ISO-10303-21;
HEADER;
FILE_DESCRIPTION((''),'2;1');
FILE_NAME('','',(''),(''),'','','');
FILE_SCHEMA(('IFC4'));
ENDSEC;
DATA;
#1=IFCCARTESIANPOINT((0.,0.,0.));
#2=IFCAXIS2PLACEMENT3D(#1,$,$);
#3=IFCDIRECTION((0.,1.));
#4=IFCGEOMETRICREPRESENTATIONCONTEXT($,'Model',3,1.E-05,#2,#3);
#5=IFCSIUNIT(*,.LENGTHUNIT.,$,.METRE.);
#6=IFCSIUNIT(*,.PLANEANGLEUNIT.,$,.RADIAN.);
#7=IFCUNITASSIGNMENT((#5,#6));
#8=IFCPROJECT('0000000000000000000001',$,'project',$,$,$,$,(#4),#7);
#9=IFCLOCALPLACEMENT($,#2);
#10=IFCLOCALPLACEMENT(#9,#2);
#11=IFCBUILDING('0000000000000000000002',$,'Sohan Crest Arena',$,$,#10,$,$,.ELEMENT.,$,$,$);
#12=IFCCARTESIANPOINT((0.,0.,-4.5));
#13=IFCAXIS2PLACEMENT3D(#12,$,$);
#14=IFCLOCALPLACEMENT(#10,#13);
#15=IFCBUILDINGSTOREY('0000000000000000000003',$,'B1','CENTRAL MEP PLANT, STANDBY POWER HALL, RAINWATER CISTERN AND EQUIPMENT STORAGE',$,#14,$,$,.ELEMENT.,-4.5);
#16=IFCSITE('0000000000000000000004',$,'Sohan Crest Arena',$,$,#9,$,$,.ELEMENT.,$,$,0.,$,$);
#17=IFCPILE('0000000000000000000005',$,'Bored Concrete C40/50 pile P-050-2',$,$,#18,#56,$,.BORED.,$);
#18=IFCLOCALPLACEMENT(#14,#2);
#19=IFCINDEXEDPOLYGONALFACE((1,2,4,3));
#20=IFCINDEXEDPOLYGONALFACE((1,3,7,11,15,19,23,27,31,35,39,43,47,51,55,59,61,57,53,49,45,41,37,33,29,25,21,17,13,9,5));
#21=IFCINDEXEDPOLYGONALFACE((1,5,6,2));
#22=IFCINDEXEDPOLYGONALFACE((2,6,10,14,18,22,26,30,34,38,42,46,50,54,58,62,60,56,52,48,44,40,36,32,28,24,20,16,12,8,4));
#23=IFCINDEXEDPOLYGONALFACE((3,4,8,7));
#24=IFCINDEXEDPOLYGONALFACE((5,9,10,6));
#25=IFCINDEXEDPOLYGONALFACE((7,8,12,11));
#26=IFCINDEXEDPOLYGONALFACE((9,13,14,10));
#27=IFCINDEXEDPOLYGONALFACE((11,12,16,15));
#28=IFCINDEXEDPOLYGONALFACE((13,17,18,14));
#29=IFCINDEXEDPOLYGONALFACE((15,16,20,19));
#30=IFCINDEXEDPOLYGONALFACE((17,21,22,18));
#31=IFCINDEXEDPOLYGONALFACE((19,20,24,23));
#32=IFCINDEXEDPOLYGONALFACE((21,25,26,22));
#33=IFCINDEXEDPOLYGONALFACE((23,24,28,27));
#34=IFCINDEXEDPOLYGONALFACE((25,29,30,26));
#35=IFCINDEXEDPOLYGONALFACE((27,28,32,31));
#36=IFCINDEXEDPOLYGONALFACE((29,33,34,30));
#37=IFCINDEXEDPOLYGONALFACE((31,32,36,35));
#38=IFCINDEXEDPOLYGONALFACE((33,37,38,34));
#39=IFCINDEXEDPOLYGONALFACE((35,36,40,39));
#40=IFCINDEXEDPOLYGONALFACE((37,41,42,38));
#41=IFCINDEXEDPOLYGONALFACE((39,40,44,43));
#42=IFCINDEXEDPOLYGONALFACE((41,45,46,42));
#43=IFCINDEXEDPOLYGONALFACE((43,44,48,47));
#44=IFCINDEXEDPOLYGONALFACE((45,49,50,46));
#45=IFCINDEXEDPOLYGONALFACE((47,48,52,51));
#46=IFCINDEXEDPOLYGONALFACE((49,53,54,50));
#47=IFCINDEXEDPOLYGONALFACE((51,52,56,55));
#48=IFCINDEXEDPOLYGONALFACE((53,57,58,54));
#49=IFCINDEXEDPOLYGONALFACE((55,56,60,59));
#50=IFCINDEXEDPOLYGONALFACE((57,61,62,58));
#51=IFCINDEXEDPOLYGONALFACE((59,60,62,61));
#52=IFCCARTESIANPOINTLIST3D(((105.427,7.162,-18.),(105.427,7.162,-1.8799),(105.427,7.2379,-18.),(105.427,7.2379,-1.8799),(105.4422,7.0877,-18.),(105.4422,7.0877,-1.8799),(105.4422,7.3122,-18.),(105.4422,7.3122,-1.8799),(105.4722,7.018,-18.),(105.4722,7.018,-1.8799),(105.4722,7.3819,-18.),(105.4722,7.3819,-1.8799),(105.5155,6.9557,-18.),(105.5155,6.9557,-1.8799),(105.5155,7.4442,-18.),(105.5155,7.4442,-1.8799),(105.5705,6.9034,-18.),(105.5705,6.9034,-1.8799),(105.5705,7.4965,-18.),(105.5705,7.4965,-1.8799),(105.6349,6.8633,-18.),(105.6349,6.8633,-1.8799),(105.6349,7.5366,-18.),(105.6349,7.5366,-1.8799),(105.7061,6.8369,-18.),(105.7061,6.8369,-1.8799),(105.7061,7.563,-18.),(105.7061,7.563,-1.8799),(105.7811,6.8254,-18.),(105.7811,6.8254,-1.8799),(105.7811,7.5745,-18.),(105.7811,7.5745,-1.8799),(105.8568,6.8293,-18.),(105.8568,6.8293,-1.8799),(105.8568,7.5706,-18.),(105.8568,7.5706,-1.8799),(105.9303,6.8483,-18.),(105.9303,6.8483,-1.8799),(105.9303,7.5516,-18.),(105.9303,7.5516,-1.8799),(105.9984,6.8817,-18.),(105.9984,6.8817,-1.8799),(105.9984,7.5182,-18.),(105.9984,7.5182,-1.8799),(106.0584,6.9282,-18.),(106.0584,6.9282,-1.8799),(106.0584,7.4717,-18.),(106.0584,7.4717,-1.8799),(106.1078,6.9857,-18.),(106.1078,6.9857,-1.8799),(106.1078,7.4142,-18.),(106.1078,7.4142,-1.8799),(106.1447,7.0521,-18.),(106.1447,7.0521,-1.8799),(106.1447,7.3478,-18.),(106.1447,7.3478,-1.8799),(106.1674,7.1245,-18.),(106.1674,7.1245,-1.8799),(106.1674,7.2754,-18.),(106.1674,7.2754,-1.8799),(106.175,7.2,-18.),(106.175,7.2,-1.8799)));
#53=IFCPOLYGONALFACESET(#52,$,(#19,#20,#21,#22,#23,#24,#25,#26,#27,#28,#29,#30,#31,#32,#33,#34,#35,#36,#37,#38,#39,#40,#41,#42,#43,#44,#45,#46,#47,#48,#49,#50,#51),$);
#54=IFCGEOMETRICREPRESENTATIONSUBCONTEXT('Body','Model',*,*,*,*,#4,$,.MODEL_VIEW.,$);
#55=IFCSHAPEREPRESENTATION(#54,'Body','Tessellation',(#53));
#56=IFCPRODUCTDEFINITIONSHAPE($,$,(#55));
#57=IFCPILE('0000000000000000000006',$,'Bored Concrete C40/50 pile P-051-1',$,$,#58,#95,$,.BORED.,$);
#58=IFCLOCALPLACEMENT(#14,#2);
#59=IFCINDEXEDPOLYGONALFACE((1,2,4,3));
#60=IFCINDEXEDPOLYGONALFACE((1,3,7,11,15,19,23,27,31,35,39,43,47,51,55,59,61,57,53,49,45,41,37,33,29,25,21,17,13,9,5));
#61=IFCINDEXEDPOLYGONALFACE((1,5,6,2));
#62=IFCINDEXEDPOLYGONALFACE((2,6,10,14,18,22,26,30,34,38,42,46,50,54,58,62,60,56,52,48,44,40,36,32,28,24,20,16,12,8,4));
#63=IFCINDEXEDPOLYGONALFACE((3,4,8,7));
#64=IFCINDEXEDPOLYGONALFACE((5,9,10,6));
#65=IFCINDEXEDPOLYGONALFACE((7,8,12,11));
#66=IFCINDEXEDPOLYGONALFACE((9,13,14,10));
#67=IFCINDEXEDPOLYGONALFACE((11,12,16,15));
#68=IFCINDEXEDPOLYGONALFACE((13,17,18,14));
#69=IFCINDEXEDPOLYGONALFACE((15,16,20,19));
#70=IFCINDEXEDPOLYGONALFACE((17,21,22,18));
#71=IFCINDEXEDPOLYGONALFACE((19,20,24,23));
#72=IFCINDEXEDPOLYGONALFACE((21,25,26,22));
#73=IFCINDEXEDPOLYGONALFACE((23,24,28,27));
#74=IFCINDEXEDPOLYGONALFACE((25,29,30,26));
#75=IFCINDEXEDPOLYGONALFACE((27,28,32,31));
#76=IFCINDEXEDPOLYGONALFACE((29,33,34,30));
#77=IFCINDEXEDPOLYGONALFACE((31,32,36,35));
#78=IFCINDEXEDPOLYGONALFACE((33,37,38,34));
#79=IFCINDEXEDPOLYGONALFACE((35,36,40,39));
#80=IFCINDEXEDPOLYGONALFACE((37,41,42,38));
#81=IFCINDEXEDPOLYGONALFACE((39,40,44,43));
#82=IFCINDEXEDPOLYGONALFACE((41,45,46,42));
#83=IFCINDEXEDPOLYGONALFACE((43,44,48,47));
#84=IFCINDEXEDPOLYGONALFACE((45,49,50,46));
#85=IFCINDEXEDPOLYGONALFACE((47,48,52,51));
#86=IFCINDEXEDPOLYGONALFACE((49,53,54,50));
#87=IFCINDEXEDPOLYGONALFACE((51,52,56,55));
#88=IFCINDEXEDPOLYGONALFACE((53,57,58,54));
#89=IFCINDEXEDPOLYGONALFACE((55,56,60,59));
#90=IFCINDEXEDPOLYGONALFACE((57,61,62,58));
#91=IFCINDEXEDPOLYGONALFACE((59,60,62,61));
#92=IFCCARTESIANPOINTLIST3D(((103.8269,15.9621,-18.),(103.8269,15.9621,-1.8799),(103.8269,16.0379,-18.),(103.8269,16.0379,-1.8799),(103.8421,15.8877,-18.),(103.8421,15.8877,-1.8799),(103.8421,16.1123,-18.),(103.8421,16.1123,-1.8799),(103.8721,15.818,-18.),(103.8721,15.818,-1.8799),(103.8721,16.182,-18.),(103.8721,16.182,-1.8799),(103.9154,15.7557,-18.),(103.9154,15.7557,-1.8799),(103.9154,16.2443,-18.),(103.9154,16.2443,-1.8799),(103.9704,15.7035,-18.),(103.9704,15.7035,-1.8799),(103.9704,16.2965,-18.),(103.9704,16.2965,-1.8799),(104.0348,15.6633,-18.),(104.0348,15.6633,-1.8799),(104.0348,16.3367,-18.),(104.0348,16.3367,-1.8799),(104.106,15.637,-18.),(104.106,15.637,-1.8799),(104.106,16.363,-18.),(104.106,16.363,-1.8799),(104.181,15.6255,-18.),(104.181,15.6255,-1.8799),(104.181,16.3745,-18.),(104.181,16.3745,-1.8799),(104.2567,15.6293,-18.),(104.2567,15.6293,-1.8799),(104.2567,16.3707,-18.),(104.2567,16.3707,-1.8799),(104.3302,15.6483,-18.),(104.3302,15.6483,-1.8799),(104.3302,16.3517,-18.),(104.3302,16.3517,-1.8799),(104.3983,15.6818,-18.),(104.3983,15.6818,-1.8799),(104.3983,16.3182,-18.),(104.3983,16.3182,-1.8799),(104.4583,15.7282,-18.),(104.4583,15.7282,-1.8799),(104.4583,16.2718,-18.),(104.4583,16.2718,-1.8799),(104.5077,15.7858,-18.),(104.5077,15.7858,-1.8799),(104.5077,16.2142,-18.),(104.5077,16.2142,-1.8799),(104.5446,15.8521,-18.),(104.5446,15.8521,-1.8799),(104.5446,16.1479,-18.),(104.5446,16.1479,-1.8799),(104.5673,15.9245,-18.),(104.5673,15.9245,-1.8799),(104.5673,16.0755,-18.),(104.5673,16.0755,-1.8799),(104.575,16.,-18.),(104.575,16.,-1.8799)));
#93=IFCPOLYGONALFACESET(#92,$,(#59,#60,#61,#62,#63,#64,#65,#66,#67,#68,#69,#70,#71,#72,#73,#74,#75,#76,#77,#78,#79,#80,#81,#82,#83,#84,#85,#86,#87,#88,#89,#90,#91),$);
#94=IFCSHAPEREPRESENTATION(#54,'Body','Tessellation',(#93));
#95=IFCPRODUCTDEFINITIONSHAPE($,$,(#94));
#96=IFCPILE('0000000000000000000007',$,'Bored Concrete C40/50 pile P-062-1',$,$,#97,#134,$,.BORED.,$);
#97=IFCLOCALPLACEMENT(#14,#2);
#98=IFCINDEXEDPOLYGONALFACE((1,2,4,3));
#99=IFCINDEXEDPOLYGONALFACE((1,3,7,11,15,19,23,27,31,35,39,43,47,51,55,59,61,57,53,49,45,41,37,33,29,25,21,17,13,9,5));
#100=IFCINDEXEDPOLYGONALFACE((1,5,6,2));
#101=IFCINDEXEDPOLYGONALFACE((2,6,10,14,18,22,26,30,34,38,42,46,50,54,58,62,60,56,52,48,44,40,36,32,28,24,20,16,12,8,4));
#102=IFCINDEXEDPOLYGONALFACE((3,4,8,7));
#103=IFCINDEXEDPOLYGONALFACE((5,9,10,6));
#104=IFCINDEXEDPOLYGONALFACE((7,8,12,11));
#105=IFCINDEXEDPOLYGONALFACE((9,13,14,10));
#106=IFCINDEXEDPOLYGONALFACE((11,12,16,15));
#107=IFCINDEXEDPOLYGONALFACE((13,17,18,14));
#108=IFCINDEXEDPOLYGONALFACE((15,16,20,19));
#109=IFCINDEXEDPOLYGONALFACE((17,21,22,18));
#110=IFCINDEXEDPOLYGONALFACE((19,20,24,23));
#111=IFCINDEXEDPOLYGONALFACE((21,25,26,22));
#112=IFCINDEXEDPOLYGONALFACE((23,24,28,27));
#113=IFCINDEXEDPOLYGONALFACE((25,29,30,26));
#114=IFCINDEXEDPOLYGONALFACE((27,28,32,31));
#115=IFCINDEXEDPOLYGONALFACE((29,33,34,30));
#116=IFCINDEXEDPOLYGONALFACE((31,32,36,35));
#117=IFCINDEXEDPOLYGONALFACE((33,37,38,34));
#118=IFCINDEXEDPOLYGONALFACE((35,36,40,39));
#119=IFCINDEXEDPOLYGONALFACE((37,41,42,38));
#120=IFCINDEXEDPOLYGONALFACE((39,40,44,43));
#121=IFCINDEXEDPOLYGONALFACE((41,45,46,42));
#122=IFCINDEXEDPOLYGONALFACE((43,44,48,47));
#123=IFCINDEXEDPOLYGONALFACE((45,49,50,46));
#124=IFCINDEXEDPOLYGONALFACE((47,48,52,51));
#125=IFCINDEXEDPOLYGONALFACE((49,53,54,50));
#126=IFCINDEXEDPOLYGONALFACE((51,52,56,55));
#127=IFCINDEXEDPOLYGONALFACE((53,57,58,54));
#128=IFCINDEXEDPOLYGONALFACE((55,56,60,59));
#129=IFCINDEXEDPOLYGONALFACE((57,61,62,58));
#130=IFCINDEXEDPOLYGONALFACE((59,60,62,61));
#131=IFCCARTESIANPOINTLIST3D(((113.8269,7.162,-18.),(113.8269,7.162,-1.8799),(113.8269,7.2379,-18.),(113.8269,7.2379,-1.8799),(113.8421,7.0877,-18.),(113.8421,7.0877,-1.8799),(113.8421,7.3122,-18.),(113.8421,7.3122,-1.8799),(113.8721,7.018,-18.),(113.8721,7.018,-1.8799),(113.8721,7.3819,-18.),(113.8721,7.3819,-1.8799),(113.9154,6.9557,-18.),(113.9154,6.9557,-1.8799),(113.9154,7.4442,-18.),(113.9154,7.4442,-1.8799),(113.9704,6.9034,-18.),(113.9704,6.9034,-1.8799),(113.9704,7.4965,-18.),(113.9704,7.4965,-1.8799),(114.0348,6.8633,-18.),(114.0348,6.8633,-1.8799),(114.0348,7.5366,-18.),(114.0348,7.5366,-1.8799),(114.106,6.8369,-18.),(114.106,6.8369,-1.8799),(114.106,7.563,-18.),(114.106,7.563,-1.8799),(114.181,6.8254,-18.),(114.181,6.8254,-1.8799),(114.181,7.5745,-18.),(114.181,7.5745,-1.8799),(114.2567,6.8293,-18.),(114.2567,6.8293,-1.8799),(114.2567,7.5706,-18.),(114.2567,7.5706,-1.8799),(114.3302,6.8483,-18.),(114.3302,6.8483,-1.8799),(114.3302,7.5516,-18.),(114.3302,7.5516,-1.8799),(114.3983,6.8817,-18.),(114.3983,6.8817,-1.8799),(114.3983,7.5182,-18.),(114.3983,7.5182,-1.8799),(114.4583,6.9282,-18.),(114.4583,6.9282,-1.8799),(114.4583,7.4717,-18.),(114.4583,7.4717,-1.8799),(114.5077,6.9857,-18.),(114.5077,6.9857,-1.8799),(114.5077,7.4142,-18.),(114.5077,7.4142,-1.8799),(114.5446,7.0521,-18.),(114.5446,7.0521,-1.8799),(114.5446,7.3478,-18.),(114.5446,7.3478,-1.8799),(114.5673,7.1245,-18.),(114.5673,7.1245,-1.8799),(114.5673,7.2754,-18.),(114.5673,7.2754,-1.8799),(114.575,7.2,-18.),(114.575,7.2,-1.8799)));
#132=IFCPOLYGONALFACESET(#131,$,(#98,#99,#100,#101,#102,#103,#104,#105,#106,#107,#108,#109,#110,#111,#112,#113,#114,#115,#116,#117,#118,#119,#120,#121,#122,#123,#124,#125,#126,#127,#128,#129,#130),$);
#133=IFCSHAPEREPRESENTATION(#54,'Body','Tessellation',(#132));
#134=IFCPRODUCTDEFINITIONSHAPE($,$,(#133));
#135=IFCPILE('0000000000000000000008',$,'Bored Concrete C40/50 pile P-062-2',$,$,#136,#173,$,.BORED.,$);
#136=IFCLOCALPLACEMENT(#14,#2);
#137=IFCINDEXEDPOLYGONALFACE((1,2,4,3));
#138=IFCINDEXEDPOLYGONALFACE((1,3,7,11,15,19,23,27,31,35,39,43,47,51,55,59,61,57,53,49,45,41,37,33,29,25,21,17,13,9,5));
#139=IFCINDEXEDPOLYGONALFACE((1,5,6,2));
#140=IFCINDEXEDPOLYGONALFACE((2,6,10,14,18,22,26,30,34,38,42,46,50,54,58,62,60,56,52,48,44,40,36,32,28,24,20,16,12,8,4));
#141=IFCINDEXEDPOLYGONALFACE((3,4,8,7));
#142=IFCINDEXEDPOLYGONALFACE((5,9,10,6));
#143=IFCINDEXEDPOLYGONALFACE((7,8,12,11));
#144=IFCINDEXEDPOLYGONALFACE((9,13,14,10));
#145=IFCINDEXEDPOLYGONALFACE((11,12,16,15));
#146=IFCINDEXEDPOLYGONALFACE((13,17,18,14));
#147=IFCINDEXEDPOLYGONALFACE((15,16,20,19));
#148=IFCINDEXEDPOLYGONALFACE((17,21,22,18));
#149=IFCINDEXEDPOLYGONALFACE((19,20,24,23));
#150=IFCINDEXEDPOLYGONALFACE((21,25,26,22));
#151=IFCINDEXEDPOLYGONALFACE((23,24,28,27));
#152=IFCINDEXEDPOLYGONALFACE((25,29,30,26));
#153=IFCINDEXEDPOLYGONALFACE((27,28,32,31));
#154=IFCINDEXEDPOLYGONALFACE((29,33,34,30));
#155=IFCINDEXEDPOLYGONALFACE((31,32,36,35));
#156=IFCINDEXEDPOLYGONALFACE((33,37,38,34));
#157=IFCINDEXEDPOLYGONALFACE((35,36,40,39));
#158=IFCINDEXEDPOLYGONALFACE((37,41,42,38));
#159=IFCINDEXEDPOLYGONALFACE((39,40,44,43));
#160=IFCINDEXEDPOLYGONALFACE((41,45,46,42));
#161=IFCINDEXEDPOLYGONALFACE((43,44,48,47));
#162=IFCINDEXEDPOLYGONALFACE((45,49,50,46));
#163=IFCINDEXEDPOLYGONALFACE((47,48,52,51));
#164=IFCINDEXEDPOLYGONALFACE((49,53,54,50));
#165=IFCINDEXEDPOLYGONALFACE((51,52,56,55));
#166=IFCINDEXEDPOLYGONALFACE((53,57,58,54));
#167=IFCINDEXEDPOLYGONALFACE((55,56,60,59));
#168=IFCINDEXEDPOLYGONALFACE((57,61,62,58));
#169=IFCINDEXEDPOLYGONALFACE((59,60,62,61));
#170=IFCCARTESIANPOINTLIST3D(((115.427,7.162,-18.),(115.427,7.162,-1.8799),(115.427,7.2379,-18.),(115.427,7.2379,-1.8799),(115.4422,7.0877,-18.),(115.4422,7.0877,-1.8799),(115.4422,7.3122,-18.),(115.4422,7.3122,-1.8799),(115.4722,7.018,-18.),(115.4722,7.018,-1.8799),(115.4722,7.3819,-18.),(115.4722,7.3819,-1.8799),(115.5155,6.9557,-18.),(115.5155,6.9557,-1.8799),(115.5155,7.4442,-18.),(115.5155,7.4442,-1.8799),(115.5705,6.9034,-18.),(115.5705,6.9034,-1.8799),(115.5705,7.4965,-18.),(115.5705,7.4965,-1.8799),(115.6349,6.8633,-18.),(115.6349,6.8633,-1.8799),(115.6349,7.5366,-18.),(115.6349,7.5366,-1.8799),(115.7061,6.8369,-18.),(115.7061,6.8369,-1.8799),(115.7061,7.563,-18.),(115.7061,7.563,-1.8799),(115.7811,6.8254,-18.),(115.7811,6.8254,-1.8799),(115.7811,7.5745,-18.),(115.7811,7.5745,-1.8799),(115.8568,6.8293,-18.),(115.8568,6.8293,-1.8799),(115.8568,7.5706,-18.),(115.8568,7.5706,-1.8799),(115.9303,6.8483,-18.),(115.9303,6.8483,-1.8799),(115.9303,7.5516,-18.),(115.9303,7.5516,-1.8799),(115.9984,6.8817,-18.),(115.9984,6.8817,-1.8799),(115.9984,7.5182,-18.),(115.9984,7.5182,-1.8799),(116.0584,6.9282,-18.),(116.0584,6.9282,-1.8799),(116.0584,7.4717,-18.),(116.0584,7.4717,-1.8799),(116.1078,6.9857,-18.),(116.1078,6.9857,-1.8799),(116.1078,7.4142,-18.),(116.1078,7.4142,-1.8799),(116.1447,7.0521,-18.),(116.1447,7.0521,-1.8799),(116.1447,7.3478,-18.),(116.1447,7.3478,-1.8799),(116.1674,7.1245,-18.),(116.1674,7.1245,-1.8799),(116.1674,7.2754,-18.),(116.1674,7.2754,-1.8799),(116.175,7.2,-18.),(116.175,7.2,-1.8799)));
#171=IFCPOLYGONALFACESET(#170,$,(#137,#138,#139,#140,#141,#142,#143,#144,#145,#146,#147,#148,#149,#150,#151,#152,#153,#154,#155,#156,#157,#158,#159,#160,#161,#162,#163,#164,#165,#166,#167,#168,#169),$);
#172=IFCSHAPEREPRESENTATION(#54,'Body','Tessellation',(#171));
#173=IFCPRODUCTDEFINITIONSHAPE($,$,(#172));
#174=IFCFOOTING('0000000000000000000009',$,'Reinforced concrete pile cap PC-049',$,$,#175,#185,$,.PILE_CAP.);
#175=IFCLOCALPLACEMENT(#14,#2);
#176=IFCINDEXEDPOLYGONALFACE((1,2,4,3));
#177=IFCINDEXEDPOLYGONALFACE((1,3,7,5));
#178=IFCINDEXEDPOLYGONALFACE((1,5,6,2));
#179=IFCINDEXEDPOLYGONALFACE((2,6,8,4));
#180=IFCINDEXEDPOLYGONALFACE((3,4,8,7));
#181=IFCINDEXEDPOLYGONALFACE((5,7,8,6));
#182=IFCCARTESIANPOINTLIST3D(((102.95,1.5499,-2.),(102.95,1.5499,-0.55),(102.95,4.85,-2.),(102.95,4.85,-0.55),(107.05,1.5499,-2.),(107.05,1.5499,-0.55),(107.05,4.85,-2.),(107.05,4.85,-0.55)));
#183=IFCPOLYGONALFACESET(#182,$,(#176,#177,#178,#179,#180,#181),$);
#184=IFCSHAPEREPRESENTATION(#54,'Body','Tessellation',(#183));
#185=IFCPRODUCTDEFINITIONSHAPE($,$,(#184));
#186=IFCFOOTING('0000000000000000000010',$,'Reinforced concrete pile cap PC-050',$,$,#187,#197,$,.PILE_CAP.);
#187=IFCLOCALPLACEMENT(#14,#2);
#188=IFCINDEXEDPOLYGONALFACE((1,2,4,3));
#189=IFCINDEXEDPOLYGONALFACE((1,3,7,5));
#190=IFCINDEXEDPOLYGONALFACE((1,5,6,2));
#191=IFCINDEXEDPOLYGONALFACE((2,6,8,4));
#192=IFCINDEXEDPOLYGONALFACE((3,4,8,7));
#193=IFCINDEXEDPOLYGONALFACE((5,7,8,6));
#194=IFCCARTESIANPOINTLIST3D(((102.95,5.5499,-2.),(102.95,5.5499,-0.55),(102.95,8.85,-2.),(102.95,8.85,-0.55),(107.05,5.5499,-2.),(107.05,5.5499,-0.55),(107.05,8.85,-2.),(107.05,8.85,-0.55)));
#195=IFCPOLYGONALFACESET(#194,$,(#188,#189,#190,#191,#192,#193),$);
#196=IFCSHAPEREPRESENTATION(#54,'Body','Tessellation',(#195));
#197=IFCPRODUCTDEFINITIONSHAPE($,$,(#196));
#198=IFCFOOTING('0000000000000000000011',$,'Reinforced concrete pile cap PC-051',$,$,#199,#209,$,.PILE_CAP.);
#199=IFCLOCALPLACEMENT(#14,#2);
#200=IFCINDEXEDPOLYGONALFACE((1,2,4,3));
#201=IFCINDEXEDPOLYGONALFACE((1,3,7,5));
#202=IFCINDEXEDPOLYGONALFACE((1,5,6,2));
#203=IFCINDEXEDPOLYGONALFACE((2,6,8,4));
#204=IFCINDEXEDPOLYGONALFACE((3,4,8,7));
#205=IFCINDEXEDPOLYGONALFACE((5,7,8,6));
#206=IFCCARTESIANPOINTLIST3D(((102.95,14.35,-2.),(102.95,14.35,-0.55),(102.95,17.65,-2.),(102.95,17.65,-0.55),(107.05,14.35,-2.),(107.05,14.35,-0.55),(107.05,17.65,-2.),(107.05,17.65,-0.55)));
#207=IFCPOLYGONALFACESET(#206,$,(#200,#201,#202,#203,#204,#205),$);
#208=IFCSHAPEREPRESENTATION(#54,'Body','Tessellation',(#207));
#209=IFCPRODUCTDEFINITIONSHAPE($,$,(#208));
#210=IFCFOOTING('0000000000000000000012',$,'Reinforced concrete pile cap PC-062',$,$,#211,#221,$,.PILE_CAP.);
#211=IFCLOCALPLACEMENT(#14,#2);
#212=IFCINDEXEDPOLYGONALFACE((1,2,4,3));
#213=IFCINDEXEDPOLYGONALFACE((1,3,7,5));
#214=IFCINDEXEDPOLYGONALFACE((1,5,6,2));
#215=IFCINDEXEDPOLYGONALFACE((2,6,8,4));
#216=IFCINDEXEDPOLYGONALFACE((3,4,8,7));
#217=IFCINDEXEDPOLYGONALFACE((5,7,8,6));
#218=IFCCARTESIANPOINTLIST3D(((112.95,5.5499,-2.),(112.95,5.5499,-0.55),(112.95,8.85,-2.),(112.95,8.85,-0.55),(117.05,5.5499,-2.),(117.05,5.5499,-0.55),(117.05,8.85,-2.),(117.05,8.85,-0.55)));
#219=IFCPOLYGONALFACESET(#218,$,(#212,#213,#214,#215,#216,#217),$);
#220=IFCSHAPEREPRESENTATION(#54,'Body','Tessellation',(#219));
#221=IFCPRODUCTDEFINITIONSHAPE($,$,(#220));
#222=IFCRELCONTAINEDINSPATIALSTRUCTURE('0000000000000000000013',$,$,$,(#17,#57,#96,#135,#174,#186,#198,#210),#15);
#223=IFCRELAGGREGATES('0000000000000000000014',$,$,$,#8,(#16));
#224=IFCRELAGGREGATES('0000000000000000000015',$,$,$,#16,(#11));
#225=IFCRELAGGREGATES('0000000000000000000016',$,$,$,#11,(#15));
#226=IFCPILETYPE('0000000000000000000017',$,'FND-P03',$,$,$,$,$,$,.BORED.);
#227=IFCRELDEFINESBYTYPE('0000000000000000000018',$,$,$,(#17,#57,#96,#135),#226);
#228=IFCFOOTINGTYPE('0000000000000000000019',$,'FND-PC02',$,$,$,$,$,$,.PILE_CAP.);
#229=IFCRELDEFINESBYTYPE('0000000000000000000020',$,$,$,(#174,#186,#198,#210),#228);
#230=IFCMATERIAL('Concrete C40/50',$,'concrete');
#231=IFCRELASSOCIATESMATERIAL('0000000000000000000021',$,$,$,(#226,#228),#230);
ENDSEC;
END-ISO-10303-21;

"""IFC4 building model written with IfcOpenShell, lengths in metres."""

from ifc_helpers import new_model, si_unit, direction, frame, origin, origin_2d, place, context, subcontext, project, spatial, rectangle, circle, extrude, material, material_profile, profile_set, type_object, element, save


model = new_model("IFC4")

# Units and contexts
model_context = context("Model", 3, precision=1e-05, world=origin(), true_north=direction((0.0, 1.0)))
body_context = subcontext(model_context, "Body", "Model", "MODEL_VIEW")
ifc_project = project(units=[si_unit("LENGTHUNIT", "METRE"), si_unit("PLANEANGLEUNIT", "RADIAN")], contexts=[model_context])

# Site, building, storey
site_placement = place(None, origin())
site = spatial("IfcSite", under=ifc_project, at=site_placement, Name="Sohan Crest Arena", CompositionType="ELEMENT", RefElevation=0.0)
building_placement = place(site_placement, origin())
building = spatial("IfcBuilding", under=site, at=building_placement, Name="Sohan Crest Arena", CompositionType="ELEMENT")
storey_placement = place(building_placement, frame((0.0, 0.0, -4.5)))
storey = spatial("IfcBuildingStorey", under=building, at=storey_placement, Name="B1", Description="CENTRAL MEP PLANT, STANDBY POWER HALL, RAINWATER CISTERN AND EQUIPMENT STORAGE", CompositionType="ELEMENT", Elevation=-4.5)

# Shared definitions
ifc_material_1 = material(Name="Concrete C40/50", Category="concrete")

# Piles
ifc_material_profile_1 = material_profile(ifc_material_1, circle(Radius=0.375, at=origin_2d()), Name="PILE D750")
ifc_profile_set_1 = profile_set([ifc_material_profile_1], Name="Concrete C40/50")
pile_type = type_object("IfcPileType", Name="FND-P03", PredefinedType="BORED", material=ifc_profile_set_1)
for number, where, z_axis, x_axis, name in (
    (1, (105.8, 7.2, -18.0), (0.0, 0.0, 1.0), (1.0, 0.0, 0.0), "Bored Concrete C40/50 pile P-050-2"),
    (2, (104.2, 16.0, -18.0), (0.0, 0.0, 1.0), (1.0, 0.0, 0.0), "Bored Concrete C40/50 pile P-051-1"),
    (3, (114.2, 7.2, -18.0), (0.0, 0.0, 1.0), (1.0, 0.0, 0.0), "Bored Concrete C40/50 pile P-062-1"),
    (4, (115.8, 7.2, -18.0), (0.0, 0.0, 1.0), (1.0, 0.0, 0.0), "Bored Concrete C40/50 pile P-062-2"),
):
    element("IfcPile", number, at=place(storey_placement, frame(where, z_axis=z_axis, x_axis=x_axis)), inside=storey, type_object=pile_type, Name=name, PredefinedType="BORED", context=body_context, shape_type="SweptSolid", body=[
        extrude(circle(Radius=0.375, at=origin_2d()), origin(), (0.0, 0.0, 1.0), 16.1201),
    ])

# Footings
footing_type_1 = type_object("IfcFootingType", Name="FND-PC02", PredefinedType="PILE_CAP", material=ifc_material_1)
for number, where, z_axis, x_axis, name in (
    (5, (105.0, 3.2, -2.0), (0.0, 0.0, 1.0), (1.0, 0.0, 0.0), "Reinforced concrete pile cap PC-049"),
    (6, (105.0, 7.2, -2.0), (0.0, 0.0, 1.0), (1.0, 0.0, 0.0), "Reinforced concrete pile cap PC-050"),
    (7, (105.0, 16.0, -2.0), (0.0, 0.0, 1.0), (1.0, 0.0, 0.0), "Reinforced concrete pile cap PC-051"),
    (8, (115.0, 7.2, -2.0), (0.0, 0.0, 1.0), (1.0, 0.0, 0.0), "Reinforced concrete pile cap PC-062"),
):
    element("IfcFooting", number, at=place(storey_placement, frame(where, z_axis=z_axis, x_axis=x_axis)), inside=storey, type_object=footing_type_1, Name=name, PredefinedType="PILE_CAP", context=body_context, shape_type="SweptSolid", body=[
        extrude(rectangle(XDim=4.1001, YDim=3.3, at=origin_2d()), origin(), (0.0, 0.0, 1.0), 1.45),
    ])

save(model, "model.ifc")
